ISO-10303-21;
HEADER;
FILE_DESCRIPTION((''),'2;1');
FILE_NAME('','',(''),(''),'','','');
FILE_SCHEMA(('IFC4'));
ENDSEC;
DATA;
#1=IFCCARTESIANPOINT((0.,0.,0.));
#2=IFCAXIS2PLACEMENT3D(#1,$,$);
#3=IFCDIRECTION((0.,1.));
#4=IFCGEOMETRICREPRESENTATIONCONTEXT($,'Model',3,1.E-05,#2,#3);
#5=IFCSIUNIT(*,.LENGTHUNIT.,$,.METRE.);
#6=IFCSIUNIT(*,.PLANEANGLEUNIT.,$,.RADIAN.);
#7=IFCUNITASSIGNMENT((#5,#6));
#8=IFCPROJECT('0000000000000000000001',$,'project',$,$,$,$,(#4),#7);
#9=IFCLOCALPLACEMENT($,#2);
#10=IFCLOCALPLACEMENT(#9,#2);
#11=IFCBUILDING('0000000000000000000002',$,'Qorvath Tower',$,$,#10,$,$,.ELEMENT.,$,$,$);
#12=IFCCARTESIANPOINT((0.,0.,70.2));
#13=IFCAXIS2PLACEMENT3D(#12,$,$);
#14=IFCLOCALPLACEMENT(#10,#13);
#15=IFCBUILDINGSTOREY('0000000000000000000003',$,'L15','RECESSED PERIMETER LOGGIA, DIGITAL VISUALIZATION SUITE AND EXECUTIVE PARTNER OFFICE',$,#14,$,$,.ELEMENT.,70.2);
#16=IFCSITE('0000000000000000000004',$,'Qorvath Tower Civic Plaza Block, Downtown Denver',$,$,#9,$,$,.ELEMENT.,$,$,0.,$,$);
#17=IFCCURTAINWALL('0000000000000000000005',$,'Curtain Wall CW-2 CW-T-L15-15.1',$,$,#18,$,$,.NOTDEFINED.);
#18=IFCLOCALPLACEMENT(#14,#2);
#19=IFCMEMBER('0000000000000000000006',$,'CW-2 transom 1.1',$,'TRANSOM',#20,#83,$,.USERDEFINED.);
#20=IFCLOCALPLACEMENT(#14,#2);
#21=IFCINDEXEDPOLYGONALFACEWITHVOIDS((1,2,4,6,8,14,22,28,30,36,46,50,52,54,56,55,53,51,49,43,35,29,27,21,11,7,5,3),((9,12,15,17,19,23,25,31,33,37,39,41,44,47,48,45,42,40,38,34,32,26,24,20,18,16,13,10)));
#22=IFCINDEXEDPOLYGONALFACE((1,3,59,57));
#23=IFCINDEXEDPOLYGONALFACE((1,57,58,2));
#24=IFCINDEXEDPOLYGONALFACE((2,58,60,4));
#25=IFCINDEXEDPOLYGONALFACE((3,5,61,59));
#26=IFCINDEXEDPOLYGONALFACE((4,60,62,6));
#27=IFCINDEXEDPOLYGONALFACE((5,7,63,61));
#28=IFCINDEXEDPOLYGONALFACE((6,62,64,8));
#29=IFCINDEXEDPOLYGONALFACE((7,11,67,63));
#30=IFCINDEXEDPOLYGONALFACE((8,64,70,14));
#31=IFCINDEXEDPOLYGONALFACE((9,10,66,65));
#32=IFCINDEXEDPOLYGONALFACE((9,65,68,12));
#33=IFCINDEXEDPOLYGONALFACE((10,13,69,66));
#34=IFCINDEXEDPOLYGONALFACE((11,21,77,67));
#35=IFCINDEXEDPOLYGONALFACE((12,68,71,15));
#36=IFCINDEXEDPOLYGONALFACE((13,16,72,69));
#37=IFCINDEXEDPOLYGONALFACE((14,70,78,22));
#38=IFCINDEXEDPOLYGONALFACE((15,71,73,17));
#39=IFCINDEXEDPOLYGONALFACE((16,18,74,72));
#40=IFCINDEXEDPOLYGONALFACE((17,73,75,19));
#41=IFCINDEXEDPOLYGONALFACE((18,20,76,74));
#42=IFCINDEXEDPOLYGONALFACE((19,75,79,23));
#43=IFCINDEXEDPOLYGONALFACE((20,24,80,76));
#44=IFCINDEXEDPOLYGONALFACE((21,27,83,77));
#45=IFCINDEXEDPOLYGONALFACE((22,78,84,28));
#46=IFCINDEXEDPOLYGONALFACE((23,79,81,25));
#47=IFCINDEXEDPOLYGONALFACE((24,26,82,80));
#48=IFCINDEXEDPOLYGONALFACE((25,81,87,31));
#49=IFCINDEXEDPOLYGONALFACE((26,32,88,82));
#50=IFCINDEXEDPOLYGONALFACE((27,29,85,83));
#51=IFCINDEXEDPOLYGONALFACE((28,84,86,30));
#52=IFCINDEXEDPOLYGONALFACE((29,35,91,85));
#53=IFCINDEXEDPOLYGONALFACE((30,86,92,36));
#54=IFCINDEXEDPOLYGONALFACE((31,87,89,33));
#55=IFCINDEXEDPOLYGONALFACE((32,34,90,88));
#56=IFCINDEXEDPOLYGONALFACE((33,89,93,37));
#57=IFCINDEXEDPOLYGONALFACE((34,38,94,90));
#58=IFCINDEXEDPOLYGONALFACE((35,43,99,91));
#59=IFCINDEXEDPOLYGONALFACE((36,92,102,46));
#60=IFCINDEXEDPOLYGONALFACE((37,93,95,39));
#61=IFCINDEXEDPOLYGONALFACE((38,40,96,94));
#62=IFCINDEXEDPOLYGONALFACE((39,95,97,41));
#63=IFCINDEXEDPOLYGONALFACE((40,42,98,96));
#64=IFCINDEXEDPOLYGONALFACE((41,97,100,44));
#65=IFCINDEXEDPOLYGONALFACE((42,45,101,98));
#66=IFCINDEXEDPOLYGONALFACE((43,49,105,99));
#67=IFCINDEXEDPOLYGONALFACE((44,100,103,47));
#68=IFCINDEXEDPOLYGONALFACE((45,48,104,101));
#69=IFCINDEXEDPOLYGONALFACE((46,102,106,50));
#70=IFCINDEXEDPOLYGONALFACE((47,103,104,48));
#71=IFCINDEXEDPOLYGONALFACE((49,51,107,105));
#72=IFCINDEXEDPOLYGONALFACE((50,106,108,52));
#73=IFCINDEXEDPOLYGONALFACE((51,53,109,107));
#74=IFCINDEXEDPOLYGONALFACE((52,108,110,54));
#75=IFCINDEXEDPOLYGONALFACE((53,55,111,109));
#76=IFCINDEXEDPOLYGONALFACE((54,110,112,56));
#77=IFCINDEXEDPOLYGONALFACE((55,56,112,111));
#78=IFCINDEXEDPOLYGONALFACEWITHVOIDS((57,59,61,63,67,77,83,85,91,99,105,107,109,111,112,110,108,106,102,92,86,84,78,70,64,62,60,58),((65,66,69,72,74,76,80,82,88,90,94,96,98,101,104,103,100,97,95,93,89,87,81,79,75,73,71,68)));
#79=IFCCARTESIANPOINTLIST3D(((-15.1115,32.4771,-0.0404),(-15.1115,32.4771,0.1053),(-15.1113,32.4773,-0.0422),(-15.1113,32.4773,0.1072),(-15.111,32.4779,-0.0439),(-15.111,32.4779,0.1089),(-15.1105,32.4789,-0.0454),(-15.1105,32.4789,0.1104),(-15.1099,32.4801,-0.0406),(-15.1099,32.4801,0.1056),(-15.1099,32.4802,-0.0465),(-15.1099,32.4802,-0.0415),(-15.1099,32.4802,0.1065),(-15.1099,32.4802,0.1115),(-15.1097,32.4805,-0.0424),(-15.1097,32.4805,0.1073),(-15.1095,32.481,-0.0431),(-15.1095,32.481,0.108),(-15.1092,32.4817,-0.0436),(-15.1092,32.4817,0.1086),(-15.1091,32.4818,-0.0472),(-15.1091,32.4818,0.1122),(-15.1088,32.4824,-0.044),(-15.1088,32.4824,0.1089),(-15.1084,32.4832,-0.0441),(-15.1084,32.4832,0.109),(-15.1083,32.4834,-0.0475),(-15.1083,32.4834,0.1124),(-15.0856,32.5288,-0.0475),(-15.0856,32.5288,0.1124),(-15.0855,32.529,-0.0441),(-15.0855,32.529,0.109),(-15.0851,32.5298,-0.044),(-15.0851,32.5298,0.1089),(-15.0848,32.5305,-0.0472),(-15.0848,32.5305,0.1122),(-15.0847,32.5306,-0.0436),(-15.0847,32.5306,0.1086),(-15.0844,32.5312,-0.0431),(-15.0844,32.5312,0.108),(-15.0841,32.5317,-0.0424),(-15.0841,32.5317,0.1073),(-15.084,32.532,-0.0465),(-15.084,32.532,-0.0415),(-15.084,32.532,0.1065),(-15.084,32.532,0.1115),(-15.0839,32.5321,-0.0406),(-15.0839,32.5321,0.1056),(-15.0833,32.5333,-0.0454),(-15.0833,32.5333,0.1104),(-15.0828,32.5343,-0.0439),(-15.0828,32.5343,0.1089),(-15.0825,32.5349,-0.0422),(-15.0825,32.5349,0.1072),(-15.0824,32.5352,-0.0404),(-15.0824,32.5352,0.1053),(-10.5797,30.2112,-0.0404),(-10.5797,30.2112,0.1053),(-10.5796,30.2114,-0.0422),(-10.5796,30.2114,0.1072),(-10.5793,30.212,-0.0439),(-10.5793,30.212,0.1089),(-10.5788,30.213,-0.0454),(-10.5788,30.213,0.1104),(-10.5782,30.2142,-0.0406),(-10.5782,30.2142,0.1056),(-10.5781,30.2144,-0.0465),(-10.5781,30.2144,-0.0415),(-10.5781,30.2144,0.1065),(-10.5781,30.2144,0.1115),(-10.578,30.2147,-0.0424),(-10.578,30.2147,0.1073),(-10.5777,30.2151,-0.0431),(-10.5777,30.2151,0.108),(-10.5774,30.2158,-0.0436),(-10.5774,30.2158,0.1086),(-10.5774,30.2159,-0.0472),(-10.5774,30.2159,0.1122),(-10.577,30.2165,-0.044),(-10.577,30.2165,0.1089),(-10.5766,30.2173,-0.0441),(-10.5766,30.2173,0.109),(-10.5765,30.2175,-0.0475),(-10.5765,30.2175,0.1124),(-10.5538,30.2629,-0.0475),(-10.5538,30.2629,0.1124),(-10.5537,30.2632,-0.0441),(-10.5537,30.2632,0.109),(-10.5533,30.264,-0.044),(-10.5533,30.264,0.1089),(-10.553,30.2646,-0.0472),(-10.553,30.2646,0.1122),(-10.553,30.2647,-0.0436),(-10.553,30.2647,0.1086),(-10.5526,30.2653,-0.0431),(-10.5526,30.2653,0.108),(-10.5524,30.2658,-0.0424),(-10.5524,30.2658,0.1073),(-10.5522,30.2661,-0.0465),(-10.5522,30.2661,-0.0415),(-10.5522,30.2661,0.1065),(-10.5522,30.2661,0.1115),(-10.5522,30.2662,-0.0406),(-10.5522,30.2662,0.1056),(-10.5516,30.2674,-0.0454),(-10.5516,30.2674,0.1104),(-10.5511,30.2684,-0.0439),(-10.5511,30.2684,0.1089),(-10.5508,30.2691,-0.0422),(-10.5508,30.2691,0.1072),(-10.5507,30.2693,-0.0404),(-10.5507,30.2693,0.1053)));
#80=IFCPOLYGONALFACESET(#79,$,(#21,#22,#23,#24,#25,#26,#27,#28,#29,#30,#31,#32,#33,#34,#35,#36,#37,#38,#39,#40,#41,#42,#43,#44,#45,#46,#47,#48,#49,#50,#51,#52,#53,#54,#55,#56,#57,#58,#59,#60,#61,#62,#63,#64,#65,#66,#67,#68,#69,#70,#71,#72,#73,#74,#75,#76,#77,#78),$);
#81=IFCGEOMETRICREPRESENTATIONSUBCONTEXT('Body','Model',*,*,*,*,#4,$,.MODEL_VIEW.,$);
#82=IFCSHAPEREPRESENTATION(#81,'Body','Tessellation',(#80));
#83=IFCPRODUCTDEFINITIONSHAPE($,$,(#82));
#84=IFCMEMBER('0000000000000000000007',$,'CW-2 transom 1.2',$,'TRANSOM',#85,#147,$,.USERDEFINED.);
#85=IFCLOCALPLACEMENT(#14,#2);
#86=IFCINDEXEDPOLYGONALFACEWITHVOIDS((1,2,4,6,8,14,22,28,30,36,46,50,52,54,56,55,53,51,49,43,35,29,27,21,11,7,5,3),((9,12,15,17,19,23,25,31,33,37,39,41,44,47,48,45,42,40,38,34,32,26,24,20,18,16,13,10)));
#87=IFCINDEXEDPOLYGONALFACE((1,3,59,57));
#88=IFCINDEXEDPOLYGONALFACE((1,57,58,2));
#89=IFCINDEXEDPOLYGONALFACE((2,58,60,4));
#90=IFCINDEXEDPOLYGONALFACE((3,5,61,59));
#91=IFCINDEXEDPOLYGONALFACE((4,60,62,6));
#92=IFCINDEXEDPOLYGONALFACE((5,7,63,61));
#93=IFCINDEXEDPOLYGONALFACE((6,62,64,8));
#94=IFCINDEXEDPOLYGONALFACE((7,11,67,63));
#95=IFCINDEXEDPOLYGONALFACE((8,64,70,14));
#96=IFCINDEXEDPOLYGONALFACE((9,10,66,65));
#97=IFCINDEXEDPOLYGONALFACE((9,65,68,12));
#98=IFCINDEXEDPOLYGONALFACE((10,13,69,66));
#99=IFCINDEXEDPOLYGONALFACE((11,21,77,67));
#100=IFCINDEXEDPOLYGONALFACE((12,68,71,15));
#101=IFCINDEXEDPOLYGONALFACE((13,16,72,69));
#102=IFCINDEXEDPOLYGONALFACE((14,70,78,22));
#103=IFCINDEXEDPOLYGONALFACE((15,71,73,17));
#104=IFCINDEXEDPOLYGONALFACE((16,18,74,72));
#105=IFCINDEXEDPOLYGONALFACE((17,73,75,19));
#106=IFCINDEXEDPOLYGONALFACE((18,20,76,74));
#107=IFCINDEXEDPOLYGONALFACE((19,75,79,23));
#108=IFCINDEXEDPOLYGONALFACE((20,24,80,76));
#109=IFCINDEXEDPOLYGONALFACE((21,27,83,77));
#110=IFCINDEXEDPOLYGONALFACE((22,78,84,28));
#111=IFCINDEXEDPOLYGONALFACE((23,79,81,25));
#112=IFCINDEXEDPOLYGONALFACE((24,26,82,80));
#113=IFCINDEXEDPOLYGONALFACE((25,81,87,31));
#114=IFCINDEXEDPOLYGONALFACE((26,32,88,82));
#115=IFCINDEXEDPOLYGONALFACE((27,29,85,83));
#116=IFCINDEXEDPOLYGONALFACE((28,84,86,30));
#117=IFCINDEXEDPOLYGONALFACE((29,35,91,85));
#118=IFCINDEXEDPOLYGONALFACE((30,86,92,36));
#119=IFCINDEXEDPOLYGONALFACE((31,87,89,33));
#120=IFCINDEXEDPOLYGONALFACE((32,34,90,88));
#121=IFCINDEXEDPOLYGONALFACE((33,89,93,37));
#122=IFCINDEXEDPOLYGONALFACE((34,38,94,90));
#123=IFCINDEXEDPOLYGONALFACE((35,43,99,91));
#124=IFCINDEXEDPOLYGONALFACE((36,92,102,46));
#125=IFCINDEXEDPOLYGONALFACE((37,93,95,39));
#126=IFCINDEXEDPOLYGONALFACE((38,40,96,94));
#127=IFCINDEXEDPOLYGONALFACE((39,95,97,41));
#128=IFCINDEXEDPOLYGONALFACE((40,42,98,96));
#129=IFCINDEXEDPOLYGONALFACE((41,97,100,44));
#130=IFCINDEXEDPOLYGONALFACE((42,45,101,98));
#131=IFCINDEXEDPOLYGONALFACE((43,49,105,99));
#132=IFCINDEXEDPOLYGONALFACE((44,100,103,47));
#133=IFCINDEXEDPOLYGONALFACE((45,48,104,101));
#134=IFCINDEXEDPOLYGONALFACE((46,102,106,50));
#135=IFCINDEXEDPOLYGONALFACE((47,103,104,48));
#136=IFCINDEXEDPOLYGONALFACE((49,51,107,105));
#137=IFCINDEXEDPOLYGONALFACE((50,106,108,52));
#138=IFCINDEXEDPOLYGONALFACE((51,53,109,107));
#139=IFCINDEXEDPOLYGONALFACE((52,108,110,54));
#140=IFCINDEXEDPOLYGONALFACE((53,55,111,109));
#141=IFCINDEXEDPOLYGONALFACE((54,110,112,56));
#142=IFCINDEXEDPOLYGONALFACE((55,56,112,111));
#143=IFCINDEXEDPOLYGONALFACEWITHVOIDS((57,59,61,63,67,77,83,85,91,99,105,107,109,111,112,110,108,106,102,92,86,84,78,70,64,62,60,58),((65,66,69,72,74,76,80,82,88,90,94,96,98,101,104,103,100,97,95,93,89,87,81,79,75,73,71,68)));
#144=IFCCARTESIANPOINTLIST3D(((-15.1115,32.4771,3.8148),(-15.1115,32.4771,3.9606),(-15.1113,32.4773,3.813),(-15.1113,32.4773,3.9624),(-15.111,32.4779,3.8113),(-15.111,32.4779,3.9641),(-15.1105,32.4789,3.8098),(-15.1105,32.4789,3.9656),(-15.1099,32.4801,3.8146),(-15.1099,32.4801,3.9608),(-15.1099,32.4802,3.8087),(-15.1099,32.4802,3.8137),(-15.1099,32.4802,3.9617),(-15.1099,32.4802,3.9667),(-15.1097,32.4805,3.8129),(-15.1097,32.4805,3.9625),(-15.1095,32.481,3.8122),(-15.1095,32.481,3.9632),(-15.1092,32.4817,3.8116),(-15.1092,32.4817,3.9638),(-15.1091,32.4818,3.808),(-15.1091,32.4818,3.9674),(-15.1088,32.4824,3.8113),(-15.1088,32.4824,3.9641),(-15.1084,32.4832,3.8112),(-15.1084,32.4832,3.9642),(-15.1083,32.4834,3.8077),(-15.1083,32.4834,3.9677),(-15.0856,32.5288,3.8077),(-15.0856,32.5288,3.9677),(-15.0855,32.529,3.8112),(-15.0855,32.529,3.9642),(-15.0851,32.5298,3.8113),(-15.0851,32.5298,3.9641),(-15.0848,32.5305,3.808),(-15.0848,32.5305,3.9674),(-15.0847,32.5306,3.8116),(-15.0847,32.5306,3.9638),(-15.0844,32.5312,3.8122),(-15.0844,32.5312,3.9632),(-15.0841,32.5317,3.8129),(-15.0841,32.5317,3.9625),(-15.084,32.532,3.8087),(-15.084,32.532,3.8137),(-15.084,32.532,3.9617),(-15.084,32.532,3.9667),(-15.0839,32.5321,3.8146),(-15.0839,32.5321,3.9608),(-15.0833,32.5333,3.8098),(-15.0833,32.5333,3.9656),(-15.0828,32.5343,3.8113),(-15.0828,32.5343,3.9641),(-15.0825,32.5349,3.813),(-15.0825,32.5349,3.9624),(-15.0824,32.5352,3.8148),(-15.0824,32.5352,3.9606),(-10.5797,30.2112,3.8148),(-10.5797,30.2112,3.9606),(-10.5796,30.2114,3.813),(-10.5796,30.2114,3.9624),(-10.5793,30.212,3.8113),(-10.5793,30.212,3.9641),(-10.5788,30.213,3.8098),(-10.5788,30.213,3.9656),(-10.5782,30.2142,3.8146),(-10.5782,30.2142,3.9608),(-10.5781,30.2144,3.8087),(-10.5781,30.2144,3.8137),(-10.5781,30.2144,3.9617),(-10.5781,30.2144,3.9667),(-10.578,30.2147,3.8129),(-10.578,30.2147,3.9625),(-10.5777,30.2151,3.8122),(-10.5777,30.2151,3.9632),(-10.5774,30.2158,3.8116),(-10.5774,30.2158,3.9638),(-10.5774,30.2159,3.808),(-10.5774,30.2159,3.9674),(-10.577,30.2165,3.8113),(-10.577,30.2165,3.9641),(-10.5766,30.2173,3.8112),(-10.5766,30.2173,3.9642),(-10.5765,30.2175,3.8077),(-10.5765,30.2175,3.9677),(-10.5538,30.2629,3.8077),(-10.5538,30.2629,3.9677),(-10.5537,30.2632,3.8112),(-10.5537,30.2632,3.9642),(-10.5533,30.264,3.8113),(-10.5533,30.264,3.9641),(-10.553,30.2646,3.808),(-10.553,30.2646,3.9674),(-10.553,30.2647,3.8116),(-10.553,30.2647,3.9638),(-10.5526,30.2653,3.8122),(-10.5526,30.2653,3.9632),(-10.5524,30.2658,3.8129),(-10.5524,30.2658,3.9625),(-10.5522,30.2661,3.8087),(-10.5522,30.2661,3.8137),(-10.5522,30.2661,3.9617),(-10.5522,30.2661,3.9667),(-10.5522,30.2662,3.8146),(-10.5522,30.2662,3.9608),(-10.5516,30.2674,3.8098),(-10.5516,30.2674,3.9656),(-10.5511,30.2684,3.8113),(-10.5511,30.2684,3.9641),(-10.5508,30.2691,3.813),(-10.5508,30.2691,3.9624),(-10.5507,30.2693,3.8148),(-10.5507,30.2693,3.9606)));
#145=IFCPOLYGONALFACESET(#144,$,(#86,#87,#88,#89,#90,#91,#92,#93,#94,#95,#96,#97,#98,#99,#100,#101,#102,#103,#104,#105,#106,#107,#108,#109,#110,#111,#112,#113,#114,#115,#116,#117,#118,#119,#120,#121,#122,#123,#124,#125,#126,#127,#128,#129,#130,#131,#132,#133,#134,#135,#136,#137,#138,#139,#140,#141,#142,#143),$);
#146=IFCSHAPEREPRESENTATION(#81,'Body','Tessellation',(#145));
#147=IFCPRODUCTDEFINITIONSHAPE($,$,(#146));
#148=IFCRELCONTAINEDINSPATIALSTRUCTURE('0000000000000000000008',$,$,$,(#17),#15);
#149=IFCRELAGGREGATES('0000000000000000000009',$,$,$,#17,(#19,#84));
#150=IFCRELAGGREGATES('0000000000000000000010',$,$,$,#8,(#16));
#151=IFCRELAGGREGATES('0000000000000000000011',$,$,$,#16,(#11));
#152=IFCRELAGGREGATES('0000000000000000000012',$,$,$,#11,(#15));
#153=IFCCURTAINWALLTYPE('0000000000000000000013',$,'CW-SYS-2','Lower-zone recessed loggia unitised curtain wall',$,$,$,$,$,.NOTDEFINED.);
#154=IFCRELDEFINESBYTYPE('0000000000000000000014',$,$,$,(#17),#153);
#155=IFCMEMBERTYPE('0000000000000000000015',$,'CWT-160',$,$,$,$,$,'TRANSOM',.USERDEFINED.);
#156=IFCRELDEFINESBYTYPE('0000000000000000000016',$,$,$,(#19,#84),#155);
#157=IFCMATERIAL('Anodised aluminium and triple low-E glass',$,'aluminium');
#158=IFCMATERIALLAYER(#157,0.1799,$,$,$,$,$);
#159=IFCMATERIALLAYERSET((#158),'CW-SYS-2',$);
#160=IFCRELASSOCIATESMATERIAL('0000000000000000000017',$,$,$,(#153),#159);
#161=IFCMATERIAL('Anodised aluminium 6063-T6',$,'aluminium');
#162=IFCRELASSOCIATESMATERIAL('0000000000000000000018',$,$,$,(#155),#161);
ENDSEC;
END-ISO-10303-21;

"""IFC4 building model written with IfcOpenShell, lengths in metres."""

from ifc_helpers import new_model, si_unit, direction, frame, origin, origin_2d, place, context, subcontext, project, spatial, hollow_rectangle, extrude, material, layer, layer_set, material_profile, profile_set, type_object, element, aggregate, save


model = new_model("IFC4")

# Units and contexts
model_context = context("Model", 3, precision=1e-05, world=origin(), true_north=direction((0.0, 1.0)))
body_context = subcontext(model_context, "Body", "Model", "MODEL_VIEW")
ifc_project = project(units=[si_unit("LENGTHUNIT", "METRE"), si_unit("PLANEANGLEUNIT", "RADIAN")], contexts=[model_context])

# Site, building, storey
site_placement = place(None, origin())
site = spatial("IfcSite", under=ifc_project, at=site_placement, Name="Qorvath Tower Civic Plaza Block, Downtown Denver", CompositionType="ELEMENT", RefElevation=0.0)
building_placement = place(site_placement, origin())
building = spatial("IfcBuilding", under=site, at=building_placement, Name="Qorvath Tower", CompositionType="ELEMENT")
storey_placement = place(building_placement, frame((0.0, 0.0, 70.2)))
storey = spatial("IfcBuildingStorey", under=building, at=storey_placement, Name="L15", Description="RECESSED PERIMETER LOGGIA, DIGITAL VISUALIZATION SUITE AND EXECUTIVE PARTNER OFFICE", CompositionType="ELEMENT", Elevation=70.2)

# Shared definitions
ifc_material_1 = material(Name="Anodised aluminium and triple low-E glass", Category="aluminium")
ifc_layer_1 = layer(ifc_material_1, 0.1799)
ifc_layer_set_1 = layer_set([ifc_layer_1], Name="CW-SYS-2")
curtain_wall_type = type_object("IfcCurtainWallType", Name="CW-SYS-2", Description="Lower-zone recessed loggia unitised curtain wall", PredefinedType="NOTDEFINED", material=ifc_layer_set_1)

# Curtain wall
curtain_wall_1_placement = place(storey_placement, origin())
curtain_wall_1 = element("IfcCurtainWall", 1, at=curtain_wall_1_placement, inside=storey, type_object=curtain_wall_type, Name="Curtain Wall CW-2 CW-T-L15-15.1", PredefinedType="NOTDEFINED")

# Members
ifc_material_2 = material(Name="Anodised aluminium 6063-T6", Category="aluminium")
ifc_material_profile_1 = material_profile(ifc_material_2, hollow_rectangle(XDim=0.0649, YDim=0.1599, WallThickness=0.0034, InnerFilletRadius=0.0034, OuterFilletRadius=0.0071, at=origin_2d()), Name="CWT 160x65")
ifc_profile_set_1 = profile_set([ifc_material_profile_1], Name="Anodised aluminium 6063-T6")
member_type_1 = type_object("IfcMemberType", Name="CWT-160", ElementType="TRANSOM", PredefinedType="USERDEFINED", material=ifc_profile_set_1)
member_1_placement = place(storey_placement, frame((-10.5652, 30.2402, 0.0325), z_axis=(-0.894427, 0.447214, 0.0), x_axis=(-0.447214, -0.894427, 0.0)))
member_1 = element("IfcMember", 2, at=member_1_placement, type_object=member_type_1, Name="CW-2 transom 1.1", ObjectType="TRANSOM", PredefinedType="USERDEFINED", context=body_context, shape_type="SweptSolid", body=[
    extrude(hollow_rectangle(XDim=0.0649, YDim=0.1599, WallThickness=0.0034, InnerFilletRadius=0.0034, OuterFilletRadius=0.0071, at=origin_2d()), origin(), (0.0, 0.0, 1.0), 5.0667),
])
member_2_placement = place(storey_placement, frame((-10.5652, 30.2402, 3.8877), z_axis=(-0.894427, 0.447214, 0.0), x_axis=(-0.447214, -0.894427, 0.0)))
member_2 = element("IfcMember", 3, at=member_2_placement, type_object=member_type_1, Name="CW-2 transom 1.2", ObjectType="TRANSOM", PredefinedType="USERDEFINED", context=body_context, shape_type="SweptSolid", body=[
    extrude(hollow_rectangle(XDim=0.0649, YDim=0.1599, WallThickness=0.0034, InnerFilletRadius=0.0034, OuterFilletRadius=0.0071, at=origin_2d()), origin(), (0.0, 0.0, 1.0), 5.0667),
])

aggregate(curtain_wall_1, [member_1, member_2])

save(model, "model.ifc")
